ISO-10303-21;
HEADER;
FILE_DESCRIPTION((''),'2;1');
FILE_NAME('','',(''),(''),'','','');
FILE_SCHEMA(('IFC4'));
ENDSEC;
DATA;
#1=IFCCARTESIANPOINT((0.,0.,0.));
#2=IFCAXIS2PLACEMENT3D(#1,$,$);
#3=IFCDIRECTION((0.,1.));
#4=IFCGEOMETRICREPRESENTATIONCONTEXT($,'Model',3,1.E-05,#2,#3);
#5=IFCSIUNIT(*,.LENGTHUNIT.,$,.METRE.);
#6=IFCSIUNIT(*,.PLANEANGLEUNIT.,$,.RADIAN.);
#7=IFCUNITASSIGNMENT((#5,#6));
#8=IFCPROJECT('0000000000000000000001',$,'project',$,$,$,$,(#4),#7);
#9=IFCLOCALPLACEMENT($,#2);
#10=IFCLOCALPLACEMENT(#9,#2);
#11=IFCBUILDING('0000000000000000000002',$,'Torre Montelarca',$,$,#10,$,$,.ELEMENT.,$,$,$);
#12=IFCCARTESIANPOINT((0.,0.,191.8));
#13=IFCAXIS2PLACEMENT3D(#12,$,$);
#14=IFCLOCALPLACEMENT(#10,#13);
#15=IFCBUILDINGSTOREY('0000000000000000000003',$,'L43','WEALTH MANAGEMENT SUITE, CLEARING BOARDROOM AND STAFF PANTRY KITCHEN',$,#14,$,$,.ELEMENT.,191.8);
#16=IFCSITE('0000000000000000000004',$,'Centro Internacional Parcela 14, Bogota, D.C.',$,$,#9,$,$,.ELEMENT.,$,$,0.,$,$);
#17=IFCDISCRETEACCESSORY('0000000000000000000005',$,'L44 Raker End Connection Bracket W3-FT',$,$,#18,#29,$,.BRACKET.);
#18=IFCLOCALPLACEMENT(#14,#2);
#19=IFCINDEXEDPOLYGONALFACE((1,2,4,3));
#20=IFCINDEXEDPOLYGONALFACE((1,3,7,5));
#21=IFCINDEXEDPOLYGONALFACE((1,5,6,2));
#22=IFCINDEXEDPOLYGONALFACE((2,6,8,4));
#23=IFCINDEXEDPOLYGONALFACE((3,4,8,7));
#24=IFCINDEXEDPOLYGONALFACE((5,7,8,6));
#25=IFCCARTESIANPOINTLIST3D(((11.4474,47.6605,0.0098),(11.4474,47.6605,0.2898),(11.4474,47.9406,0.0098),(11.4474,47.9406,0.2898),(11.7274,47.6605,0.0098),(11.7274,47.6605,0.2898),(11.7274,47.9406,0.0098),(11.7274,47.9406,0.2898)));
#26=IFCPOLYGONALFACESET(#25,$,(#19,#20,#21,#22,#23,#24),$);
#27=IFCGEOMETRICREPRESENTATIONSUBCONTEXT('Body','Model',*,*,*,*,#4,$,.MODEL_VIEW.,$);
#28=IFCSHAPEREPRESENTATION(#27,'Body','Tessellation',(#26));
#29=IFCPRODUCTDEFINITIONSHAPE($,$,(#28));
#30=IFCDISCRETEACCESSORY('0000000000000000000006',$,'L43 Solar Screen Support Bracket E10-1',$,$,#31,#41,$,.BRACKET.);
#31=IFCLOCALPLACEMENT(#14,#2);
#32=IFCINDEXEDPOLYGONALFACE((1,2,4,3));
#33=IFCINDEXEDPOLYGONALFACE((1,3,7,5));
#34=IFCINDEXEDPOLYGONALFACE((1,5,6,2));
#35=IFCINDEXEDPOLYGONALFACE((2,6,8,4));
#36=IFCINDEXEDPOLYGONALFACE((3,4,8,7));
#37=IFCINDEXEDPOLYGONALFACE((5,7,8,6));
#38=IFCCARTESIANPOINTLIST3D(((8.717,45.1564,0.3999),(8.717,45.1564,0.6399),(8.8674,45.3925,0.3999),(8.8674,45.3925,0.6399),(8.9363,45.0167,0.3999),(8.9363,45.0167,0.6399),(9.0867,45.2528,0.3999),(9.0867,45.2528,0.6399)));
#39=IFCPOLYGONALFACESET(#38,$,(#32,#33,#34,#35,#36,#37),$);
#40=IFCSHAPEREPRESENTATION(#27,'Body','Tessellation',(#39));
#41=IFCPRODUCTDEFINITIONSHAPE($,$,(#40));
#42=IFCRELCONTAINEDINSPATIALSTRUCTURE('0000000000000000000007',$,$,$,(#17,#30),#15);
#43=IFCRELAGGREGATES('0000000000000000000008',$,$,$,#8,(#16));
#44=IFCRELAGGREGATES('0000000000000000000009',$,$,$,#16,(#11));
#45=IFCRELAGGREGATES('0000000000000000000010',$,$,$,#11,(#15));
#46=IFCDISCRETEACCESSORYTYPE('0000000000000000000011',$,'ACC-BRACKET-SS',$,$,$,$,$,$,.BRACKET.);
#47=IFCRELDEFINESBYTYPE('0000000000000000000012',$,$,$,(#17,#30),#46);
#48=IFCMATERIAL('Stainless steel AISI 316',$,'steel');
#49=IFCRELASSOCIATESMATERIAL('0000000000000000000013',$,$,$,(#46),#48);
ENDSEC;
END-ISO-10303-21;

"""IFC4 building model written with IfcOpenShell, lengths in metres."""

from ifc_helpers import new_model, si_unit, direction, frame, origin, origin_2d, place, context, subcontext, project, spatial, rectangle, extrude, source, transform, mapped, material, type_object, element, save


model = new_model("IFC4")

# Units and contexts
model_context = context("Model", 3, precision=1e-05, world=origin(), true_north=direction((0.0, 1.0)))
body_context = subcontext(model_context, "Body", "Model", "MODEL_VIEW")
ifc_project = project(units=[si_unit("LENGTHUNIT", "METRE"), si_unit("PLANEANGLEUNIT", "RADIAN")], contexts=[model_context])

# Site, building, storey
site_placement = place(None, origin())
site = spatial("IfcSite", under=ifc_project, at=site_placement, Name="Centro Internacional Parcela 14, Bogota, D.C.", CompositionType="ELEMENT", RefElevation=0.0)
building_placement = place(site_placement, origin())
building = spatial("IfcBuilding", under=site, at=building_placement, Name="Torre Montelarca", CompositionType="ELEMENT")
storey_placement = place(building_placement, frame((0.0, 0.0, 191.8)))
storey = spatial("IfcBuildingStorey", under=building, at=storey_placement, Name="L43", Description="WEALTH MANAGEMENT SUITE, CLEARING BOARDROOM AND STAFF PANTRY KITCHEN", CompositionType="ELEMENT", Elevation=191.8)

# Discrete accessories
ifc_material_1 = material(Name="Stainless steel AISI 316", Category="steel")
discrete_accessory_type = type_object("IfcDiscreteAccessoryType", Name="ACC-BRACKET-SS", PredefinedType="BRACKET", material=ifc_material_1)
shared_shape_1 = source(origin(), body_context, "Body", "SweptSolid", [
    extrude(rectangle(XDim=0.28, YDim=0.28, at=origin_2d()), origin(), (0.0, 0.0, 1.0), 0.28),
])
for number, where, z_axis, x_axis, name in (
    (1, (11.5874, 47.8005, 0.0098), (0.0, 0.0, 1.0), (1.0, 0.0, 0.0), "L44 Raker End Connection Bracket W3-FT"),
):
    element("IfcDiscreteAccessory", number, at=place(storey_placement, frame(where, z_axis=z_axis, x_axis=x_axis)), inside=storey, type_object=discrete_accessory_type, Name=name, PredefinedType="BRACKET", context=body_context, shape_type="MappedRepresentation", body=[
        mapped(shared_shape_1, transform((0.0, 0.0, 0.0), scale=1.0)),
    ])
shared_shape_2 = source(origin(), body_context, "Body", "SweptSolid", [
    extrude(rectangle(XDim=0.28, YDim=0.26, at=origin_2d()), origin(), (0.0, 0.0, 1.0), 0.24),
])
discrete_accessory_placement = place(storey_placement, frame((8.9019, 45.2046, 0.3999), z_axis=(0.0, 0.0, 1.0), x_axis=(-0.537298, -0.843392, 0.0)))
element("IfcDiscreteAccessory", 2, at=discrete_accessory_placement, inside=storey, type_object=discrete_accessory_type, Name="L43 Solar Screen Support Bracket E10-1", PredefinedType="BRACKET", context=body_context, shape_type="MappedRepresentation", body=[
    mapped(shared_shape_2, transform((0.0, 0.0, 0.0), scale=1.0)),
])

save(model, "model.ifc")
